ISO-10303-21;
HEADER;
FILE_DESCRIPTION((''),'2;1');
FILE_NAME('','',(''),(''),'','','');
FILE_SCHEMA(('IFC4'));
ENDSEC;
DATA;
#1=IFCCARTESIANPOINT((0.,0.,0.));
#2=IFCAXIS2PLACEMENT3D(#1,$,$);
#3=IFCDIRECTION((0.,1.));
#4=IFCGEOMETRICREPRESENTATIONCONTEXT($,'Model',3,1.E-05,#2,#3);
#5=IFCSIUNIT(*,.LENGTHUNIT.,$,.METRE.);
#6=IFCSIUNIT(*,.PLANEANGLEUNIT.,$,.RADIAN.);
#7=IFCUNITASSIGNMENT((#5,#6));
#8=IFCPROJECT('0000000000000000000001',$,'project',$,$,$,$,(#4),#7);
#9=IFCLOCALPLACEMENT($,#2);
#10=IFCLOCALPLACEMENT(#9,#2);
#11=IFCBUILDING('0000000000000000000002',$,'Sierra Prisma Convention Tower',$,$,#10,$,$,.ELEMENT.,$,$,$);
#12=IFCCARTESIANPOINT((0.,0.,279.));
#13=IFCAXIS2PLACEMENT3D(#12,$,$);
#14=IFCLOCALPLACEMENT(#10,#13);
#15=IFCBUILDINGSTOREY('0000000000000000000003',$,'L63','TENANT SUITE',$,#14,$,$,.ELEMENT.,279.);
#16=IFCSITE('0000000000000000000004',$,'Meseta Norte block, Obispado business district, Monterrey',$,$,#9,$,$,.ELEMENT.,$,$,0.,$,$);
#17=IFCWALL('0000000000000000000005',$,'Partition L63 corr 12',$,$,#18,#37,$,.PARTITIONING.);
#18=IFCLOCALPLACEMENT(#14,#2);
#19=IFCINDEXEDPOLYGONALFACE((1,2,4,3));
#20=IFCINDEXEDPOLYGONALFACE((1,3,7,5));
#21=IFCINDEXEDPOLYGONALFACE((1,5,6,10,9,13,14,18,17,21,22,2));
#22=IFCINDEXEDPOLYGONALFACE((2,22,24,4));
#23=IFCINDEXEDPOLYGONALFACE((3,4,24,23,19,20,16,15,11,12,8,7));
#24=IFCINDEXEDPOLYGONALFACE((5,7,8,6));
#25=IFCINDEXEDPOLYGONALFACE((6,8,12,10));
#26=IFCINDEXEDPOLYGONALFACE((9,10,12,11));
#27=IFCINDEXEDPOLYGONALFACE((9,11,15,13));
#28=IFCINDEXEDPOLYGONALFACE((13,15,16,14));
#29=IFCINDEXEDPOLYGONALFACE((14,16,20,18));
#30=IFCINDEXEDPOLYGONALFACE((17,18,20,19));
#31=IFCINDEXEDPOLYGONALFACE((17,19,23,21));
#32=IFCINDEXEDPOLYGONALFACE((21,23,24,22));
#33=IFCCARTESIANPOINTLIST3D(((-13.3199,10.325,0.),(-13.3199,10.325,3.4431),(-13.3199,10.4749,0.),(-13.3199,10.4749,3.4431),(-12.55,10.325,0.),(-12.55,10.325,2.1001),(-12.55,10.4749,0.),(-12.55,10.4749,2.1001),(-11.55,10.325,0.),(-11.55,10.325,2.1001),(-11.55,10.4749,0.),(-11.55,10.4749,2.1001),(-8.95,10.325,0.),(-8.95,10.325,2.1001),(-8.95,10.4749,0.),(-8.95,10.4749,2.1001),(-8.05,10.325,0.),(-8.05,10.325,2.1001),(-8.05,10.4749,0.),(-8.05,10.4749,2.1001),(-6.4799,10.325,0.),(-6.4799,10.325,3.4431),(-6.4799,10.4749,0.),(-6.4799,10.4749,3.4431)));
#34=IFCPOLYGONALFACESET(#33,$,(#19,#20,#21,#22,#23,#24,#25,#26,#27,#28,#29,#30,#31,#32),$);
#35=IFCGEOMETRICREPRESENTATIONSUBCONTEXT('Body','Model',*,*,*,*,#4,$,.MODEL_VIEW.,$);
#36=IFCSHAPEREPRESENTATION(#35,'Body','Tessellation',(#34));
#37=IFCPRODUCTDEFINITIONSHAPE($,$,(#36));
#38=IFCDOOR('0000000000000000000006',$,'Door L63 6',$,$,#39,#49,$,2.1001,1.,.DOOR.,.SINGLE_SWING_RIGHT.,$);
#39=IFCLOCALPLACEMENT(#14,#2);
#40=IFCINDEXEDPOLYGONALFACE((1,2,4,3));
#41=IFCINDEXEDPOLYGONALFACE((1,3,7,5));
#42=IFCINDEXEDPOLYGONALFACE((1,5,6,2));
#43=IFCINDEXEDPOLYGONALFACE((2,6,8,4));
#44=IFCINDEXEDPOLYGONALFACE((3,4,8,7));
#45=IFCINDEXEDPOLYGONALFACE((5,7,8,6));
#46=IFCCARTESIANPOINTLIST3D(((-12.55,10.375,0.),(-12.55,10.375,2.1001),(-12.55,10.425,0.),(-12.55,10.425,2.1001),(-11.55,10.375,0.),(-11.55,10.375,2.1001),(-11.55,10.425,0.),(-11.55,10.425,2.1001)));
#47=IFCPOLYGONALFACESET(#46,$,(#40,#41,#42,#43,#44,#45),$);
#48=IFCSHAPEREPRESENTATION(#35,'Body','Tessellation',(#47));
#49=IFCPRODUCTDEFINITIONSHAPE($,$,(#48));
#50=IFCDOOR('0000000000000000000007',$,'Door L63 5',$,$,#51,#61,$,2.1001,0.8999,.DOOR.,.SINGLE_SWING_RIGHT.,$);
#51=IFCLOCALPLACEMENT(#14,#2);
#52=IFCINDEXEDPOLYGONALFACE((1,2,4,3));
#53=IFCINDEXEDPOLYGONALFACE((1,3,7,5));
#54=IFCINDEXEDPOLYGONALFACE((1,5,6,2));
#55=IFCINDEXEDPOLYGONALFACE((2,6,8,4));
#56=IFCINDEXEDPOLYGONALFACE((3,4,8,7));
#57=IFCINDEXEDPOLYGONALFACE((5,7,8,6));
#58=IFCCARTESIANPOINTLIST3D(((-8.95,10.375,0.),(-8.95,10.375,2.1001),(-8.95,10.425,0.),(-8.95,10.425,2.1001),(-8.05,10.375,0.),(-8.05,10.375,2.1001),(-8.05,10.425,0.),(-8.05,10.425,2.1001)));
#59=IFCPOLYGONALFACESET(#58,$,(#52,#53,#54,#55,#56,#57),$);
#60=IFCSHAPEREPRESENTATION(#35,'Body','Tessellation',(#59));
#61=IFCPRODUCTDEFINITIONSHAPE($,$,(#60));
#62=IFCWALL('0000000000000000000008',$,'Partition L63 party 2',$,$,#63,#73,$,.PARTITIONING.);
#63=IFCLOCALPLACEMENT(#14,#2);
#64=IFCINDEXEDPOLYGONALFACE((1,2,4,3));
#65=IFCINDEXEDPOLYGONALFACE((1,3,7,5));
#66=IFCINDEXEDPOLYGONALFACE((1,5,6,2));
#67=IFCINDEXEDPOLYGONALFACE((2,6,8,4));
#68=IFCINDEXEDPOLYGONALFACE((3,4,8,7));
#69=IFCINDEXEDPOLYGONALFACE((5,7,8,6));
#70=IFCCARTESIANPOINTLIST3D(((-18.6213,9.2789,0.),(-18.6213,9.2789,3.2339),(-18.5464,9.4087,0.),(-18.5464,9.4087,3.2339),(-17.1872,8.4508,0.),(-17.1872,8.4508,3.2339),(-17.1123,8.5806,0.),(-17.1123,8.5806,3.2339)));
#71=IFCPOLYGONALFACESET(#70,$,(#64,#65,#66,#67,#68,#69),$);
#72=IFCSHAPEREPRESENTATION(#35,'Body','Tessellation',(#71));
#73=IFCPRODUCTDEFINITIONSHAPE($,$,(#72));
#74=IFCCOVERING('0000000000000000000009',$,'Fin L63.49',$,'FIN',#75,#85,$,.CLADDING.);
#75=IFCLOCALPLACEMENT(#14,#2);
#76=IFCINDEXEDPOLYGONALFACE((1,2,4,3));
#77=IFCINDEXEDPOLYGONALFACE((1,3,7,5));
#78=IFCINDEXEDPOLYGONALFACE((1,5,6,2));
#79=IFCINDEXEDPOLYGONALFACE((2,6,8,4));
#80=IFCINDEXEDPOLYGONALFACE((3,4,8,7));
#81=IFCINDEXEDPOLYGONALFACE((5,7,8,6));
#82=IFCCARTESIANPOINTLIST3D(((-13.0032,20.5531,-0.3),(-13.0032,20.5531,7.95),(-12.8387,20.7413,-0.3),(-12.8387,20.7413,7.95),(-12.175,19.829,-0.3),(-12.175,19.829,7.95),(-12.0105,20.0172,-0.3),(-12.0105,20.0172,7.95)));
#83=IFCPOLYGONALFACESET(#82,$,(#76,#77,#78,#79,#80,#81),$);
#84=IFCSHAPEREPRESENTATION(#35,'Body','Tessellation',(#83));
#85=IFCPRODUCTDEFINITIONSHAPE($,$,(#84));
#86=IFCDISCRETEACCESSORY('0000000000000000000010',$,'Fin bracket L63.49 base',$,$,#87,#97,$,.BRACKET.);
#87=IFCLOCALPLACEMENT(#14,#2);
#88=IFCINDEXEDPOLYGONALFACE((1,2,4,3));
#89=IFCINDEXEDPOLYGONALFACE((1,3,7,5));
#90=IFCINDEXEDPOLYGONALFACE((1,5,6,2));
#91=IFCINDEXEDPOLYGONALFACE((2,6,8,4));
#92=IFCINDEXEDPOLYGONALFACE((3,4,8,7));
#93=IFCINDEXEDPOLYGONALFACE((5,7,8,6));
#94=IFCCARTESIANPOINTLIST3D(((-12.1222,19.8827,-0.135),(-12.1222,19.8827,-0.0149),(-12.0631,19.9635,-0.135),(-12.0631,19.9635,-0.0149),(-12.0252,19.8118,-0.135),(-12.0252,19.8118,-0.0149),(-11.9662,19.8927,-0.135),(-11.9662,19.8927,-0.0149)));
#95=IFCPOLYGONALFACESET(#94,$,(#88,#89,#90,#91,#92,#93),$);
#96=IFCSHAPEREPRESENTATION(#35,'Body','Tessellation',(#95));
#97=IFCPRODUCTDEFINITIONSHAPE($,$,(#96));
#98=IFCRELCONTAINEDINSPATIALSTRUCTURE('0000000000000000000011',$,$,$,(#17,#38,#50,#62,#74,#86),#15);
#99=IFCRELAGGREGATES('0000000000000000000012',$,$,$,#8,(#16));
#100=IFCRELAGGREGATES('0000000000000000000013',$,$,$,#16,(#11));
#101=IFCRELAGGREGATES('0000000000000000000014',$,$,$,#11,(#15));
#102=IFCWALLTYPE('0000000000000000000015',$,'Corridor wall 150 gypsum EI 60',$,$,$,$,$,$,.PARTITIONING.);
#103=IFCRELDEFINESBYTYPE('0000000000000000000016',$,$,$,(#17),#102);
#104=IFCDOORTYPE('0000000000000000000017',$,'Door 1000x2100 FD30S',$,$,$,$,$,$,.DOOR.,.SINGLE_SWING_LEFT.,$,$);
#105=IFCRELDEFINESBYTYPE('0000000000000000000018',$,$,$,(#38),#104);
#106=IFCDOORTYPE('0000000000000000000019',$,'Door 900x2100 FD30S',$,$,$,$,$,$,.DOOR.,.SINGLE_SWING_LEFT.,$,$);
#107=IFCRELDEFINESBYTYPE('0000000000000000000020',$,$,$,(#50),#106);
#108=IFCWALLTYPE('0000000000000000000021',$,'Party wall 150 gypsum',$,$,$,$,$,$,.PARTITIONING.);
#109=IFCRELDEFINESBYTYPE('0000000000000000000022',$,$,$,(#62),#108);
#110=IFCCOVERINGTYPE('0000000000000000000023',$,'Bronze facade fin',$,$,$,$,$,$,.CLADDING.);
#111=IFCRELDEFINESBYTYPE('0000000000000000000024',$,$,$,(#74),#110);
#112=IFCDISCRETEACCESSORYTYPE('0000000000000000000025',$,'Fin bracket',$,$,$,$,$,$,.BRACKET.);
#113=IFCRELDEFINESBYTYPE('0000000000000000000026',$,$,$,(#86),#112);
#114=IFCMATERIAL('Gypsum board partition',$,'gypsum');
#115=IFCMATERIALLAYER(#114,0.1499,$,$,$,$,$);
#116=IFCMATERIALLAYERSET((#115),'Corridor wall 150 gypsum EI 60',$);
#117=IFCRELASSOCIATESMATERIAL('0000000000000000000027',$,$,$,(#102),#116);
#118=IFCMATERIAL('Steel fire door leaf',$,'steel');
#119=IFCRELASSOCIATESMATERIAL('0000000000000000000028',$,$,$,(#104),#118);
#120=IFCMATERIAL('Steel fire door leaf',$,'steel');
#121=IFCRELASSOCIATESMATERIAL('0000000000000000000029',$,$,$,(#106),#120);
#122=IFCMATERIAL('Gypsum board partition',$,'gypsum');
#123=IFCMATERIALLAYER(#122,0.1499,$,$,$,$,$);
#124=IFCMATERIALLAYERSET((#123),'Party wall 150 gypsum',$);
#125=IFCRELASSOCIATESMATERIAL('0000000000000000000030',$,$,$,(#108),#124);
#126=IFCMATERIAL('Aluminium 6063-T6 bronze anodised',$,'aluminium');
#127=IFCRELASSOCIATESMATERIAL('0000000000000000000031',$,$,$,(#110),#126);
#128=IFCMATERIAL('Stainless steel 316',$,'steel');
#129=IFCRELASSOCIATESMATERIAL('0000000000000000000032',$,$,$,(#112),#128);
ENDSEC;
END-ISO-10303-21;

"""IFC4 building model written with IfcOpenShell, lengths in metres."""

from ifc_helpers import new_model, si_unit, direction, frame, frame_2d, origin, origin_2d, place, context, subcontext, project, spatial, rectangle, extrude, material, layer, layer_set, material_profile, profile_set, type_object, element, fill, save


model = new_model("IFC4")

# Units and contexts
model_context = context("Model", 3, precision=1e-05, world=origin(), true_north=direction((0.0, 1.0)))
body_context = subcontext(model_context, "Body", "Model", "MODEL_VIEW")
ifc_project = project(units=[si_unit("LENGTHUNIT", "METRE"), si_unit("PLANEANGLEUNIT", "RADIAN")], contexts=[model_context])

# Site, building, storey
site_placement = place(None, origin())
site = spatial("IfcSite", under=ifc_project, at=site_placement, Name="Meseta Norte block, Obispado business district, Monterrey", CompositionType="ELEMENT", RefElevation=0.0)
building_placement = place(site_placement, origin())
building = spatial("IfcBuilding", under=site, at=building_placement, Name="Sierra Prisma Convention Tower", CompositionType="ELEMENT")
storey_placement = place(building_placement, frame((0.0, 0.0, 279.0)))
storey = spatial("IfcBuildingStorey", under=building, at=storey_placement, Name="L63", Description="TENANT SUITE", CompositionType="ELEMENT", Elevation=279.0)

# Shared definitions
ifc_material_1 = material(Name="Gypsum board partition", Category="gypsum")
ifc_layer_1 = layer(ifc_material_1, 0.1499)
ifc_layer_set_1 = layer_set([ifc_layer_1], Name="Corridor wall 150 gypsum EI 60")
wall_type_1 = type_object("IfcWallType", Name="Corridor wall 150 gypsum EI 60", PredefinedType="PARTITIONING", material=ifc_layer_set_1)

# Wall, openings, doors
wall_1_placement = place(storey_placement, frame((-6.48, 10.3999, 0.0), z_axis=(0.0, 0.0, 1.0), x_axis=(-1.0, 0.0, 0.0)))
wall_1 = element("IfcWall", 1, at=wall_1_placement, inside=storey, type_object=wall_type_1, Name="Partition L63 corr 12", PredefinedType="PARTITIONING", context=body_context, shape_type="SweptSolid", body=[
    extrude(rectangle(XDim=6.8401, YDim=0.1499, at=frame_2d((3.4199, 0.0))), origin(), (0.0, 0.0, 1.0), 3.4431),
])
opening_1_placement = place(wall_1_placement, frame((1.5701, 0.0, 0.0)))
opening_1 = element("IfcOpeningElement", 2, at=opening_1_placement, cuts=wall_1, PredefinedType="OPENING", context=body_context, shape_type="SweptSolid", body=[
    extrude(rectangle(XDim=0.8999, YDim=2.1001, at=frame_2d((0.45, 1.05))), frame((0.0, 0.075, 0.0), z_axis=(0.0, -1.0, 0.0), x_axis=(1.0, 0.0, 0.0)), (0.0, 0.0, 1.0), 0.1499),
])
opening_2_placement = place(wall_1_placement, frame((5.0701, 0.0, 0.0)))
opening_2 = element("IfcOpeningElement", 3, at=opening_2_placement, cuts=wall_1, PredefinedType="OPENING", context=body_context, shape_type="SweptSolid", body=[
    extrude(rectangle(XDim=1.0, YDim=2.1001, at=frame_2d((0.5, 1.05))), frame((0.0, 0.075, 0.0), z_axis=(0.0, -1.0, 0.0), x_axis=(1.0, 0.0, 0.0)), (0.0, 0.0, 1.0), 0.1499),
])
ifc_material_2 = material(Name="Steel fire door leaf", Category="steel")
door_type_1 = type_object("IfcDoorType", Name="Door 1000x2100 FD30S", OperationType="SINGLE_SWING_LEFT", PredefinedType="DOOR", material=ifc_material_2)
door_1_placement = place(opening_2_placement, origin())
door_1 = element("IfcDoor", 4, at=door_1_placement, inside=storey, type_object=door_type_1, Name="Door L63 6", OperationType="SINGLE_SWING_RIGHT", OverallHeight=2.1001, OverallWidth=1.0, PredefinedType="DOOR", context=body_context, shape_type="SweptSolid", body=[
    extrude(rectangle(XDim=1.0, YDim=2.1001, at=frame_2d((0.5, 1.05))), frame((0.0, 0.0249, 0.0), z_axis=(0.0, -1.0, 0.0), x_axis=(1.0, 0.0, 0.0)), (0.0, 0.0, 1.0), 0.05),
])
fill(opening_2, door_1)
ifc_material_3 = material(Name="Steel fire door leaf", Category="steel")
door_type_2 = type_object("IfcDoorType", Name="Door 900x2100 FD30S", OperationType="SINGLE_SWING_LEFT", PredefinedType="DOOR", material=ifc_material_3)
door_2_placement = place(opening_1_placement, origin())
door_2 = element("IfcDoor", 5, at=door_2_placement, inside=storey, type_object=door_type_2, Name="Door L63 5", OperationType="SINGLE_SWING_RIGHT", OverallHeight=2.1001, OverallWidth=0.8999, PredefinedType="DOOR", context=body_context, shape_type="SweptSolid", body=[
    extrude(rectangle(XDim=0.8999, YDim=2.1001, at=frame_2d((0.45, 1.05))), frame((0.0, 0.0249, 0.0), z_axis=(0.0, -1.0, 0.0), x_axis=(1.0, 0.0, 0.0)), (0.0, 0.0, 1.0), 0.05),
])
fill(opening_1, door_2)

# Wall
ifc_material_4 = material(Name="Gypsum board partition", Category="gypsum")
ifc_layer_2 = layer(ifc_material_4, 0.1499)
ifc_layer_set_2 = layer_set([ifc_layer_2], Name="Party wall 150 gypsum")
wall_type_2 = type_object("IfcWallType", Name="Party wall 150 gypsum", PredefinedType="PARTITIONING", material=ifc_layer_set_2)
wall_2_placement = place(storey_placement, frame((-17.1497, 8.5156, 0.0), z_axis=(0.0, 0.0, 1.0), x_axis=(-0.865984, 0.500071, 0.0)))
element("IfcWall", 6, at=wall_2_placement, inside=storey, type_object=wall_type_2, Name="Partition L63 party 2", PredefinedType="PARTITIONING", context=body_context, shape_type="SweptSolid", body=[
    extrude(rectangle(XDim=1.656, YDim=0.1499, at=frame_2d((0.8281, 0.0))), origin(), (0.0, 0.0, 1.0), 3.2339),
])

# Covering
ifc_material_5 = material(Name="Aluminium 6063-T6 bronze anodised", Category="aluminium")
ifc_material_profile_1 = material_profile(ifc_material_5, rectangle(XDim=1.1001, YDim=0.25, at=origin_2d()), Name="ALU FIN 1100x250")
ifc_profile_set_1 = profile_set([ifc_material_profile_1], Name="Aluminium 6063-T6 bronze anodised")
covering_type = type_object("IfcCoveringType", Name="Bronze facade fin", PredefinedType="CLADDING", material=ifc_profile_set_1)
covering_placement = place(storey_placement, frame((-12.5068, 20.2852, -0.3), z_axis=(0.0, 0.0, 1.0), x_axis=(-0.752865, 0.658175, 0.0)))
element("IfcCovering", 7, at=covering_placement, inside=storey, type_object=covering_type, Name="Fin L63.49", ObjectType="FIN", PredefinedType="CLADDING", context=body_context, shape_type="SweptSolid", body=[
    extrude(rectangle(XDim=1.1001, YDim=0.25, at=origin_2d()), origin(), (0.0, 0.0, 1.0), 8.25),
])

# Discrete accessory
ifc_material_6 = material(Name="Stainless steel 316", Category="steel")
discrete_accessory_type = type_object("IfcDiscreteAccessoryType", Name="Fin bracket", PredefinedType="BRACKET", material=ifc_material_6)
discrete_accessory_placement = place(storey_placement, frame((-12.0442, 19.8877, -0.135), z_axis=(0.0, 0.0, 1.0), x_axis=(-0.807364, 0.590054, 0.0)))
element("IfcDiscreteAccessory", 8, at=discrete_accessory_placement, inside=storey, type_object=discrete_accessory_type, Name="Fin bracket L63.49 base", PredefinedType="BRACKET", context=body_context, shape_type="SweptSolid", body=[
    extrude(rectangle(XDim=0.1201, YDim=0.1001, at=origin_2d()), origin(), (0.0, 0.0, 1.0), 0.1201),
])

save(model, "model.ifc")
